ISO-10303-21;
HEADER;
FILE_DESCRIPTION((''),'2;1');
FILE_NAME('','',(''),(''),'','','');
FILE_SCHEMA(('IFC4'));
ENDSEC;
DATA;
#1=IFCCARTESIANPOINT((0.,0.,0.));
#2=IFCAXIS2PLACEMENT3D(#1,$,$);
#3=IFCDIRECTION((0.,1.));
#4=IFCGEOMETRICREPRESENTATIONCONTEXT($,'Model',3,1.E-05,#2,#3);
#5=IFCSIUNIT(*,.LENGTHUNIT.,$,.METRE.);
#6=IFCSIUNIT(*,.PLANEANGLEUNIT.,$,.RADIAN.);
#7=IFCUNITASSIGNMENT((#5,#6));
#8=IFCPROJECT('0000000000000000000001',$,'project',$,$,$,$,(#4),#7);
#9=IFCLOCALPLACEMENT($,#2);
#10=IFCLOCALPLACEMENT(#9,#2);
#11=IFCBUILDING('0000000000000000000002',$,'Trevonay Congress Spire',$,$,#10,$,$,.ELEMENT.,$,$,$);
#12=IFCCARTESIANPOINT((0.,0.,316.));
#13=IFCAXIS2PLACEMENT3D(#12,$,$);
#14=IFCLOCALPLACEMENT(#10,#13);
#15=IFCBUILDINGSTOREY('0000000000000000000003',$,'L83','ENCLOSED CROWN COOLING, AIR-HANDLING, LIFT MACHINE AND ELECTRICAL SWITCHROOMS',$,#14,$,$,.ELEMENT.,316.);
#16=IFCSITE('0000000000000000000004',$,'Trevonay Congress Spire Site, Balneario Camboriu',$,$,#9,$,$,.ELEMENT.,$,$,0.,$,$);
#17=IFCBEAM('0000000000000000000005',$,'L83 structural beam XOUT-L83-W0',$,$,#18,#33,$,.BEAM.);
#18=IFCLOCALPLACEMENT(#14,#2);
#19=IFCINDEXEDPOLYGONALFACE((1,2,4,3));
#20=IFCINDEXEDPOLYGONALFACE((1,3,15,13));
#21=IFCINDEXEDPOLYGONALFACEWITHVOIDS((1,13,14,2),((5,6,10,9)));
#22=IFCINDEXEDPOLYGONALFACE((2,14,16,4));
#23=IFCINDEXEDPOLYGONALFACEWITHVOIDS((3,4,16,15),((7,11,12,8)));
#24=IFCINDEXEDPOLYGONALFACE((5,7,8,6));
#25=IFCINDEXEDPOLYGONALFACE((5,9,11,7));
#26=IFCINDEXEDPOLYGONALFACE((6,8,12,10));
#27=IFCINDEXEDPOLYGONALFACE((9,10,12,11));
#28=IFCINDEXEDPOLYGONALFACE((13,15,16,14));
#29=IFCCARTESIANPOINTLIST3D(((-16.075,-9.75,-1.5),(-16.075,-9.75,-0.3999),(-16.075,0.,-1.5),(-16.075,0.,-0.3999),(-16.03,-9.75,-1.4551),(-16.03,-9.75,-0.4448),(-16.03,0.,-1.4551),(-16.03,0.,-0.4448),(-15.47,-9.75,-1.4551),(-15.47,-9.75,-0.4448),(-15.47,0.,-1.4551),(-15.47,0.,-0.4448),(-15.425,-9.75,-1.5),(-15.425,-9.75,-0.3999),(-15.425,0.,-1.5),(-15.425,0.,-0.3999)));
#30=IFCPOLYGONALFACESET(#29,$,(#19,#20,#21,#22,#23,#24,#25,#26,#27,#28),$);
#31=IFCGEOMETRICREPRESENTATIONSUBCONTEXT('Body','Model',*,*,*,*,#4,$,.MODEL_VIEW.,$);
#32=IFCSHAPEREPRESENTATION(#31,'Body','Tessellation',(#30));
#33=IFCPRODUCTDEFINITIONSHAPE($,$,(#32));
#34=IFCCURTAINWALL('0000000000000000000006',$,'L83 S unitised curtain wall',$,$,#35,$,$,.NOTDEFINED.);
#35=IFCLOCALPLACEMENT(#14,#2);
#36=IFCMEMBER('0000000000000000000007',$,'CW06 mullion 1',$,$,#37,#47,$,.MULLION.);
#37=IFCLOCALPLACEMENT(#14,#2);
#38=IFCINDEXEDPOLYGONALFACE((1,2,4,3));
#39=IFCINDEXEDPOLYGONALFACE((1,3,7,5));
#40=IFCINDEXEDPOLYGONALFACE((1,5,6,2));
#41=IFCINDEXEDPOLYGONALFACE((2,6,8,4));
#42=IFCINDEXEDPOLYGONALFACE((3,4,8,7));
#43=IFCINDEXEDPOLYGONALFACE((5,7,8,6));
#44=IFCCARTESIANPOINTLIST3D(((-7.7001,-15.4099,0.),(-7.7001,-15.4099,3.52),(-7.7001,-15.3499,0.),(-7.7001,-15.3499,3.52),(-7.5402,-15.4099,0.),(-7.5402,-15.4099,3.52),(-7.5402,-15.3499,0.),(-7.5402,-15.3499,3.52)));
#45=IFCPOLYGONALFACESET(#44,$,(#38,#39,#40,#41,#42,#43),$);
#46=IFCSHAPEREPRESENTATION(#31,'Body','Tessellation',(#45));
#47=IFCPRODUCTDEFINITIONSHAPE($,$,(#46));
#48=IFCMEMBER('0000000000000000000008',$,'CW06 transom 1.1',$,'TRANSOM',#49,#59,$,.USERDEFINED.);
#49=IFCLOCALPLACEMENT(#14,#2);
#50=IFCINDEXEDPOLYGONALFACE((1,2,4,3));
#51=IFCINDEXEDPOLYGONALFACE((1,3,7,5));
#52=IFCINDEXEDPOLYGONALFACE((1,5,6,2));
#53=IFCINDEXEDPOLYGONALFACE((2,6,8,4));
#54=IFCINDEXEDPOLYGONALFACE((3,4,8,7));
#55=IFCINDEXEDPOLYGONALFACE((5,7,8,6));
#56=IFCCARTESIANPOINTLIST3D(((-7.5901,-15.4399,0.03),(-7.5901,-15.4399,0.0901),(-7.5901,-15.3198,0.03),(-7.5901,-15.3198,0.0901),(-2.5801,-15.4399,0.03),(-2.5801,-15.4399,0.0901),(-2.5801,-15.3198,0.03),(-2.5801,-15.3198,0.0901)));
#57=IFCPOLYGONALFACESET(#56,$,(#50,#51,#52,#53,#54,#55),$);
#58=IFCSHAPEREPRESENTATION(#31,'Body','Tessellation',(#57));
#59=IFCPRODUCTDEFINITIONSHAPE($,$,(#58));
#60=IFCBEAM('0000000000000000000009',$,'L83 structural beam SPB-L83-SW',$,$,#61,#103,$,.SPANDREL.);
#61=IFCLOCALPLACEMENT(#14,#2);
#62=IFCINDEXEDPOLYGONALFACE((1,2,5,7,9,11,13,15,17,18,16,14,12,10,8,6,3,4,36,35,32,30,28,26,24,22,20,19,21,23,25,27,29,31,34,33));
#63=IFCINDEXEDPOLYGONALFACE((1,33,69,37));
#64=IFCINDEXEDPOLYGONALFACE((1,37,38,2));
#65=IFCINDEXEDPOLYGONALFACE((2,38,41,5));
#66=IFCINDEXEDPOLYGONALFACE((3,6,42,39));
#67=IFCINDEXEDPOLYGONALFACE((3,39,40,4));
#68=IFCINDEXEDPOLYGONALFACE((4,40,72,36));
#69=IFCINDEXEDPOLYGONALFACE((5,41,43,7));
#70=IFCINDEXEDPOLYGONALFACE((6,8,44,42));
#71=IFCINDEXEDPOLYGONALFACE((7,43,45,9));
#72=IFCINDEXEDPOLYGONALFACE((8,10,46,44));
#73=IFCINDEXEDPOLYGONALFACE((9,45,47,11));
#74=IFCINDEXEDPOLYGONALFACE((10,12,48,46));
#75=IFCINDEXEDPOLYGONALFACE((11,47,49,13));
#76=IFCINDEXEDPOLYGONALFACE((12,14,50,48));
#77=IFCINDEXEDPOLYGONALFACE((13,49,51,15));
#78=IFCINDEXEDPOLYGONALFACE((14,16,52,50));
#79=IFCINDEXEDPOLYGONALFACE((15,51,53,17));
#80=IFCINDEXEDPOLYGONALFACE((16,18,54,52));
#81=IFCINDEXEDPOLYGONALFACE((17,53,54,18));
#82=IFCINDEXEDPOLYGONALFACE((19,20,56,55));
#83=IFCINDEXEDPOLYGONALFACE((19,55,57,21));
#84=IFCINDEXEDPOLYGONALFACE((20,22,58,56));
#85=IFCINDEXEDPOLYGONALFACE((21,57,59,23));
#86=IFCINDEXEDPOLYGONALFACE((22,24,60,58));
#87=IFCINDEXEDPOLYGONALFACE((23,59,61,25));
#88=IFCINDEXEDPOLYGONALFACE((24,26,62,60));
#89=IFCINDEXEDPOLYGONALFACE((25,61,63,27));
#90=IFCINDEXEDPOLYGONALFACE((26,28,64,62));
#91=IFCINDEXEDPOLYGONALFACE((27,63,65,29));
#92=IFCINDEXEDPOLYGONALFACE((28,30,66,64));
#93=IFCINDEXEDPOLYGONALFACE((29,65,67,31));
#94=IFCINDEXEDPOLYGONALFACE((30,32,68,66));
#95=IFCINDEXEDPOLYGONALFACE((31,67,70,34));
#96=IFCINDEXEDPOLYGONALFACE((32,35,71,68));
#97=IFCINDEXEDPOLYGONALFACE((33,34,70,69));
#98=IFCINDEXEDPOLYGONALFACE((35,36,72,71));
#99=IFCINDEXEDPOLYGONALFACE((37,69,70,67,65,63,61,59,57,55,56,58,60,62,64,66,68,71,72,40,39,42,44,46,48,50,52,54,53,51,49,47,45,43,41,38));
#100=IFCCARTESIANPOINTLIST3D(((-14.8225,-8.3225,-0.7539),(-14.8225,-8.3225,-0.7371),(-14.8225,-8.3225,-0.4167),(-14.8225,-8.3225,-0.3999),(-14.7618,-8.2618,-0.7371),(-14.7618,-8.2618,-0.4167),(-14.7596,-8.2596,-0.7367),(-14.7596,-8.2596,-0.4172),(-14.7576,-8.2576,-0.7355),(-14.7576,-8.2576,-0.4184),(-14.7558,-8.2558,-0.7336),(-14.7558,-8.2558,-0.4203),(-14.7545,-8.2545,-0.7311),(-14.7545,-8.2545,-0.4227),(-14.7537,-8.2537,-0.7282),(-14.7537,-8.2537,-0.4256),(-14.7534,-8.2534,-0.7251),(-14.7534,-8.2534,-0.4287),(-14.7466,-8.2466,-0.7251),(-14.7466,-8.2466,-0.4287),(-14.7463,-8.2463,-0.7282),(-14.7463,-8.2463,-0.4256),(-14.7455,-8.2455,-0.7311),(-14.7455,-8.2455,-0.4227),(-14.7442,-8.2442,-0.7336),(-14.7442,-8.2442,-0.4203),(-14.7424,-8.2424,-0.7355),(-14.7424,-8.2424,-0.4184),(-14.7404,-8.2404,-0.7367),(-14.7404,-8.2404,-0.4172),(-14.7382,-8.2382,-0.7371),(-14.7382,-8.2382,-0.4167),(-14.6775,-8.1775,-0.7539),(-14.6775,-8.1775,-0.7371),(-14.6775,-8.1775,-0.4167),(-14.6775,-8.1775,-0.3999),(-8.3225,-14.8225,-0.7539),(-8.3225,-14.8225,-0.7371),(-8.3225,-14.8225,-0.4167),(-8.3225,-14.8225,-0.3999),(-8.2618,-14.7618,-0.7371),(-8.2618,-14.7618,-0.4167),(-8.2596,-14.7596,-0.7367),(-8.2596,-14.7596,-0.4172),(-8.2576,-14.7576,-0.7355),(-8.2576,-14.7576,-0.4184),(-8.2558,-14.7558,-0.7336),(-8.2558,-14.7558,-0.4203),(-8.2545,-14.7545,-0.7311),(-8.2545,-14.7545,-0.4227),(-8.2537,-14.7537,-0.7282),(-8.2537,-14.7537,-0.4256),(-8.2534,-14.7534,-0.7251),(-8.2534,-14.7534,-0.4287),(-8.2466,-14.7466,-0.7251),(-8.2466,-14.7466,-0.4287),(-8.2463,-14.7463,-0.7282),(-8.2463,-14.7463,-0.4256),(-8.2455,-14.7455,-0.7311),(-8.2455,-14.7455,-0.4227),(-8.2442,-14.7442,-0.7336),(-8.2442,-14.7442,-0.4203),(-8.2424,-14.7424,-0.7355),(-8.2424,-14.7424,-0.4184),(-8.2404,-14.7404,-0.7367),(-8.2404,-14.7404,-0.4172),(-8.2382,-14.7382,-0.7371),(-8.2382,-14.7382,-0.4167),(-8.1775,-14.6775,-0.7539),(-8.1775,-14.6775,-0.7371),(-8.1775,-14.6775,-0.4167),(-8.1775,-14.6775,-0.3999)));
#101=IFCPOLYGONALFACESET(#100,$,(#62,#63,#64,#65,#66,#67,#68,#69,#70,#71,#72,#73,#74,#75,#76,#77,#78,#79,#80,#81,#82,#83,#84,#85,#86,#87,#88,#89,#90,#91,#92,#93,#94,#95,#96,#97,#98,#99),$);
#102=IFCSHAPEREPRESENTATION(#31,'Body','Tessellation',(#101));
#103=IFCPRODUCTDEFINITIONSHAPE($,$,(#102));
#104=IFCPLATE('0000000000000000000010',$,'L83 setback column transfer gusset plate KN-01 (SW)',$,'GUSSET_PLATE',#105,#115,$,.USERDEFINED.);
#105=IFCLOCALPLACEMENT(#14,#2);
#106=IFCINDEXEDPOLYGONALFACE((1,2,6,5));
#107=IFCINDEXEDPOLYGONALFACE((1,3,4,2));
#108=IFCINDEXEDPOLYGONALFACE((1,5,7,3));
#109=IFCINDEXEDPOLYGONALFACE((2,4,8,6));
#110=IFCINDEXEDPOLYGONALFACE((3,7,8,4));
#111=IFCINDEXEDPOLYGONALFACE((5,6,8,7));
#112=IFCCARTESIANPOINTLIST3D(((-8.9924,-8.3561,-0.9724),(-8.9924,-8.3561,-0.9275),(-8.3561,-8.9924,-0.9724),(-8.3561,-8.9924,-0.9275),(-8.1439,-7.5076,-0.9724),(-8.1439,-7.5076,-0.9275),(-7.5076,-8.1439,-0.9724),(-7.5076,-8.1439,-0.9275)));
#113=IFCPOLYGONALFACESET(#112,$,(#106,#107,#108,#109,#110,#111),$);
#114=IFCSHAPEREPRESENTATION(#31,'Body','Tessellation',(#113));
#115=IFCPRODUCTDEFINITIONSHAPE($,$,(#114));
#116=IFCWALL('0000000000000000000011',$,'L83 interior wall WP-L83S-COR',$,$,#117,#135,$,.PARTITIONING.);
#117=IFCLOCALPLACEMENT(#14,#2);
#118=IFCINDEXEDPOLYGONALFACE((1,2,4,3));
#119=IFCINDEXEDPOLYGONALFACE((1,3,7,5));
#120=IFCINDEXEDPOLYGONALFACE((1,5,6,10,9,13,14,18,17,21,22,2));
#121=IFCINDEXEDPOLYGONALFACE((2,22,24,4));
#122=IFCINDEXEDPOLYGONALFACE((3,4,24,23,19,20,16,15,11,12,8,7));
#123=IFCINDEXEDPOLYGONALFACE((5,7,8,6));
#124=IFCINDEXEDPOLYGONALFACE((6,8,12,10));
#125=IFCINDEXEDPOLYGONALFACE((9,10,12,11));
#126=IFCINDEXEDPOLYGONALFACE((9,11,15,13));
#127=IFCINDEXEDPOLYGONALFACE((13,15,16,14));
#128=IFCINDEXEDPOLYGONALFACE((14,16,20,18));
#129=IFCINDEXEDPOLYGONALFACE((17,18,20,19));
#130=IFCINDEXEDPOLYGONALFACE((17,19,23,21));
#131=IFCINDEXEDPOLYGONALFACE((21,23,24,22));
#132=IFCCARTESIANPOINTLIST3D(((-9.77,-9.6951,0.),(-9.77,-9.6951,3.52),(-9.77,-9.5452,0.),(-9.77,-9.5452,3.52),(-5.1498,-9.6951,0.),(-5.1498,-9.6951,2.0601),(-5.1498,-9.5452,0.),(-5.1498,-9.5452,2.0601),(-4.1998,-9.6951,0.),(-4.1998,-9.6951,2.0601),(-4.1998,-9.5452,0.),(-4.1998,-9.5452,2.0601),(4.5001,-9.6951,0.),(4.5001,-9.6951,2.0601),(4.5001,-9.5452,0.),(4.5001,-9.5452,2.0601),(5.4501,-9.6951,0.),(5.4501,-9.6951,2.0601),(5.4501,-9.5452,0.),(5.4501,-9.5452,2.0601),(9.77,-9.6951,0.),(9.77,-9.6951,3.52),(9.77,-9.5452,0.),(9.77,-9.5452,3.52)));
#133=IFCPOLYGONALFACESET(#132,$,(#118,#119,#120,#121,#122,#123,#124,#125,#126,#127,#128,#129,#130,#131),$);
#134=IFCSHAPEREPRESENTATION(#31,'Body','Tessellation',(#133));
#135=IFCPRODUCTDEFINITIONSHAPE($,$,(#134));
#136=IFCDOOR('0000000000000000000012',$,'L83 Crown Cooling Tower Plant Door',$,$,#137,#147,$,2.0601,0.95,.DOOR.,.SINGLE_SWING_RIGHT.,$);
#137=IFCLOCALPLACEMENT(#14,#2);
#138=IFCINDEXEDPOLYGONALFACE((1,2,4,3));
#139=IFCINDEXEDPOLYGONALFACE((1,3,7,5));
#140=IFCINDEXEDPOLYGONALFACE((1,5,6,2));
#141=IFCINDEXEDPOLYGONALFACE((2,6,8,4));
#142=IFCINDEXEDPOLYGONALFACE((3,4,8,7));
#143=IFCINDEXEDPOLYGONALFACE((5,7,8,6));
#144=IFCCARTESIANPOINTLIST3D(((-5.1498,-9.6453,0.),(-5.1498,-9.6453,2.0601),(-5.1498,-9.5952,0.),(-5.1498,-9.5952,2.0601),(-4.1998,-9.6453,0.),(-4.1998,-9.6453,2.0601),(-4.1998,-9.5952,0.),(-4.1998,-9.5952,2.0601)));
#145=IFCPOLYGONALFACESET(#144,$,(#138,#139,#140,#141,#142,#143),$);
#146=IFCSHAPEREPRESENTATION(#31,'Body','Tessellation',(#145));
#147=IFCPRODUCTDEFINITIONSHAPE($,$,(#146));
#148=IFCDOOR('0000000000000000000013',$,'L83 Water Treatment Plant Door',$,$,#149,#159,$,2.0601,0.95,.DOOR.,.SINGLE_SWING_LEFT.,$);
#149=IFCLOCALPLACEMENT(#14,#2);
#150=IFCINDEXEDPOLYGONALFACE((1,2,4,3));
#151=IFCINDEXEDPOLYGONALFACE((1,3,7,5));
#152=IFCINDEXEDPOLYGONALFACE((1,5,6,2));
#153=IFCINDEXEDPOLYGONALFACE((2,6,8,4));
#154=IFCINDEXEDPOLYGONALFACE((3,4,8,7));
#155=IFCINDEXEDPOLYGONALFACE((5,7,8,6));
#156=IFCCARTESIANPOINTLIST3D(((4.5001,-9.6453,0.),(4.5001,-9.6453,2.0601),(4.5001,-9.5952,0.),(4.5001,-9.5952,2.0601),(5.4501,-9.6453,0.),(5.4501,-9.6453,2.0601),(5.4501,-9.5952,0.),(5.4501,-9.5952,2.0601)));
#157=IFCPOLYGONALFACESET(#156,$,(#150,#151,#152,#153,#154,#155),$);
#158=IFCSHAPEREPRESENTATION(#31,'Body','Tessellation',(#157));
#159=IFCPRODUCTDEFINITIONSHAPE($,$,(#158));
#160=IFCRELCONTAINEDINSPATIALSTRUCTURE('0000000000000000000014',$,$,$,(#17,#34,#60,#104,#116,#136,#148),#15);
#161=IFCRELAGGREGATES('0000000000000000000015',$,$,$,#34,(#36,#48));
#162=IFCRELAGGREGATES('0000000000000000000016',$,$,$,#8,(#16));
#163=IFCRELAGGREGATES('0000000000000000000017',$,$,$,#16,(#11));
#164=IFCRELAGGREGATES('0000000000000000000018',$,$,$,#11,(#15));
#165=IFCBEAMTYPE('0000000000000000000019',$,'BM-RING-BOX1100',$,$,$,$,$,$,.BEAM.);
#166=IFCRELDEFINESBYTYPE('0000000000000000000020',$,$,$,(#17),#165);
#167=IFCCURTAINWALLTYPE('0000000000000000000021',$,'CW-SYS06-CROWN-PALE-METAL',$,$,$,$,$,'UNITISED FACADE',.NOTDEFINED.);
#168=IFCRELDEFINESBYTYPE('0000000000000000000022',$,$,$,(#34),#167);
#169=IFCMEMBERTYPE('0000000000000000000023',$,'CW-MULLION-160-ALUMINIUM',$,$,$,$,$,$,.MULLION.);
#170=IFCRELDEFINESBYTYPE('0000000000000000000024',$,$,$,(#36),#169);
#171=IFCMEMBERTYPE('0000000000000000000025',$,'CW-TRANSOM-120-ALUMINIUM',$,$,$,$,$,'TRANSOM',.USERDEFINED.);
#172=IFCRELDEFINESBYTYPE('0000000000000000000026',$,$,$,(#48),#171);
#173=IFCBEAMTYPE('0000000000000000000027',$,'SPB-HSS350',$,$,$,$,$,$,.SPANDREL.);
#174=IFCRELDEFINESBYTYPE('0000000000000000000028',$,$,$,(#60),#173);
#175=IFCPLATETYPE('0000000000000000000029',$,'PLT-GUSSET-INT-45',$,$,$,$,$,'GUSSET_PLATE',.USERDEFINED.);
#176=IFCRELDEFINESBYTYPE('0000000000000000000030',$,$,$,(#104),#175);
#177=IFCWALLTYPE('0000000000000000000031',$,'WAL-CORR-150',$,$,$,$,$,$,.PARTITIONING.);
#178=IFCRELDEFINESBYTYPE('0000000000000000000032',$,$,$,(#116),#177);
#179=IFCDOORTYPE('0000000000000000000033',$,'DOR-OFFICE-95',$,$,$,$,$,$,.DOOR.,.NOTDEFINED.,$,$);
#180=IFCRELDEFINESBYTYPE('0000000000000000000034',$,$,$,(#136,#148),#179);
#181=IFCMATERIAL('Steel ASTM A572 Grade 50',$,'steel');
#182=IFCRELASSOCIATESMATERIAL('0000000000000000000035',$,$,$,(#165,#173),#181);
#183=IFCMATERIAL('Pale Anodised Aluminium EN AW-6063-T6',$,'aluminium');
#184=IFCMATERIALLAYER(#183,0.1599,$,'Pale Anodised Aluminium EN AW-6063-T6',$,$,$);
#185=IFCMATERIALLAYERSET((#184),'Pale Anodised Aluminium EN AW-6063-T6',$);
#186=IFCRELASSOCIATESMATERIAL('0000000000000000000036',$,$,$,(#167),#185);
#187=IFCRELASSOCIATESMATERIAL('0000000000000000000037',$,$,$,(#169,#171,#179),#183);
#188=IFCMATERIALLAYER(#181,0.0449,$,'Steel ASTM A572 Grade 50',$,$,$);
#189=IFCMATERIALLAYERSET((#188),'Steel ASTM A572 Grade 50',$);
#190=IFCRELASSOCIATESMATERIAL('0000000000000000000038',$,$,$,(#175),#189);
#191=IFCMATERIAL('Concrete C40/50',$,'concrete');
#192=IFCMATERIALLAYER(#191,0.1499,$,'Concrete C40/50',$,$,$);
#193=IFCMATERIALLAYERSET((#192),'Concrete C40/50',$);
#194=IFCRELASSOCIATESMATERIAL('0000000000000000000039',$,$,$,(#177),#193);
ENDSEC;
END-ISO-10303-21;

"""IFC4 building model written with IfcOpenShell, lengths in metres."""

from ifc_helpers import new_model, si_unit, direction, frame, frame_2d, origin, origin_2d, place, context, subcontext, project, spatial, rectangle, hollow_rectangle, i_section, extrude, material, layer, layer_set, material_profile, profile_set, type_object, element, fill, aggregate, save


model = new_model("IFC4")

# Units and contexts
model_context = context("Model", 3, precision=1e-05, world=origin(), true_north=direction((0.0, 1.0)))
body_context = subcontext(model_context, "Body", "Model", "MODEL_VIEW")
ifc_project = project(units=[si_unit("LENGTHUNIT", "METRE"), si_unit("PLANEANGLEUNIT", "RADIAN")], contexts=[model_context])

# Site, building, storey
site_placement = place(None, origin())
site = spatial("IfcSite", under=ifc_project, at=site_placement, Name="Trevonay Congress Spire Site, Balneario Camboriu", CompositionType="ELEMENT", RefElevation=0.0)
building_placement = place(site_placement, origin())
building = spatial("IfcBuilding", under=site, at=building_placement, Name="Trevonay Congress Spire", CompositionType="ELEMENT")
storey_placement = place(building_placement, frame((0.0, 0.0, 316.0)))
storey = spatial("IfcBuildingStorey", under=building, at=storey_placement, Name="L83", Description="ENCLOSED CROWN COOLING, AIR-HANDLING, LIFT MACHINE AND ELECTRICAL SWITCHROOMS", CompositionType="ELEMENT", Elevation=316.0)

# Shared definitions
ifc_material_1 = material(Name="Steel ASTM A572 Grade 50", Category="steel")

# Beam
ifc_material_profile_1 = material_profile(ifc_material_1, hollow_rectangle(XDim=0.6499, YDim=1.1001, WallThickness=0.0449, at=origin_2d()), Name="BOX 1100x650x45")
ifc_profile_set_1 = profile_set([ifc_material_profile_1], Name="Steel ASTM A572 Grade 50")
beam_type_1 = type_object("IfcBeamType", Name="BM-RING-BOX1100", PredefinedType="BEAM", material=ifc_profile_set_1)
for number, where, z_axis, x_axis, name in (
    (1, (-15.75, -9.75, -0.95), (0.0, 1.0, 0.0), (-1.0, 0.0, 0.0), "L83 structural beam XOUT-L83-W0"),
):
    element("IfcBeam", number, at=place(storey_placement, frame(where, z_axis=z_axis, x_axis=x_axis)), inside=storey, type_object=beam_type_1, Name=name, PredefinedType="BEAM", context=body_context, shape_type="SweptSolid", body=[
        extrude(hollow_rectangle(XDim=0.6499, YDim=1.1001, WallThickness=0.0449, at=origin_2d()), origin(), (0.0, 0.0, 1.0), 9.75),
    ])

# Curtain wall, members
ifc_material_2 = material(Name="Pale Anodised Aluminium EN AW-6063-T6", Category="aluminium")
ifc_layer_1 = layer(ifc_material_2, 0.1599, Name="Pale Anodised Aluminium EN AW-6063-T6")
ifc_layer_set_1 = layer_set([ifc_layer_1], Name="Pale Anodised Aluminium EN AW-6063-T6")
curtain_wall_type = type_object("IfcCurtainWallType", Name="CW-SYS06-CROWN-PALE-METAL", ElementType="UNITISED FACADE", PredefinedType="NOTDEFINED", material=ifc_layer_set_1)
curtain_wall_placement = place(storey_placement, origin())
curtain_wall = element("IfcCurtainWall", 2, at=curtain_wall_placement, inside=storey, type_object=curtain_wall_type, Name="L83 S unitised curtain wall", PredefinedType="NOTDEFINED")
ifc_material_profile_2 = material_profile(ifc_material_2, rectangle(XDim=0.0601, YDim=0.1599, at=origin_2d()), Name="CW-MULLION-160-ALUMINIUM")
ifc_profile_set_2 = profile_set([ifc_material_profile_2], Name="Pale Anodised Aluminium EN AW-6063-T6")
member_type_1 = type_object("IfcMemberType", Name="CW-MULLION-160-ALUMINIUM", PredefinedType="MULLION", material=ifc_profile_set_2)
member_1_placement = place(storey_placement, frame((-7.6201, -15.3799, 0.0), z_axis=(0.0, 0.0, 1.0), x_axis=(0.0, 1.0, 0.0)))
member_1 = element("IfcMember", 3, at=member_1_placement, type_object=member_type_1, Name="CW06 mullion 1", PredefinedType="MULLION", context=body_context, shape_type="SweptSolid", body=[
    extrude(rectangle(XDim=0.0601, YDim=0.1599, at=origin_2d()), origin(), (0.0, 0.0, 1.0), 3.52),
])
ifc_material_profile_3 = material_profile(ifc_material_2, rectangle(XDim=0.1201, YDim=0.0601, at=origin_2d()), Name="CW-TRANSOM-120-ALUMINIUM")
ifc_profile_set_3 = profile_set([ifc_material_profile_3], Name="Pale Anodised Aluminium EN AW-6063-T6")
member_type_2 = type_object("IfcMemberType", Name="CW-TRANSOM-120-ALUMINIUM", ElementType="TRANSOM", PredefinedType="USERDEFINED", material=ifc_profile_set_3)
member_2_placement = place(storey_placement, frame((-7.5901, -15.3799, 0.0601), z_axis=(1.0, 0.0, 0.0), x_axis=(0.0, 1.0, 0.0)))
member_2 = element("IfcMember", 4, at=member_2_placement, type_object=member_type_2, Name="CW06 transom 1.1", ObjectType="TRANSOM", PredefinedType="USERDEFINED", context=body_context, shape_type="SweptSolid", body=[
    extrude(rectangle(XDim=0.1201, YDim=0.0601, at=origin_2d()), origin(), (0.0, 0.0, 1.0), 5.01),
])
aggregate(curtain_wall, [member_1, member_2])

# Beam
ifc_material_profile_4 = material_profile(ifc_material_1, i_section(OverallWidth=0.2051, OverallDepth=0.354, WebThickness=0.0095, FlangeThickness=0.0168, FilletRadius=0.012, at=origin_2d()), Name="W360x79")
ifc_profile_set_4 = profile_set([ifc_material_profile_4], Name="Steel ASTM A572 Grade 50")
beam_type_2 = type_object("IfcBeamType", Name="SPB-HSS350", PredefinedType="SPANDREL", material=ifc_profile_set_4)
beam_placement = place(storey_placement, frame((-8.25, -14.75, -0.5769), z_axis=(-0.707107, 0.707107, 0.0), x_axis=(-0.707107, -0.707107, 0.0)))
element("IfcBeam", 5, at=beam_placement, inside=storey, type_object=beam_type_2, Name="L83 structural beam SPB-L83-SW", PredefinedType="SPANDREL", context=body_context, shape_type="SweptSolid", body=[
    extrude(i_section(OverallWidth=0.2051, OverallDepth=0.354, WebThickness=0.0095, FlangeThickness=0.0168, FilletRadius=0.012, at=origin_2d()), origin(), (0.0, 0.0, 1.0), 9.1924),
])

# Plate
ifc_layer_2 = layer(ifc_material_1, 0.0449, Name="Steel ASTM A572 Grade 50")
ifc_layer_set_2 = layer_set([ifc_layer_2], Name="Steel ASTM A572 Grade 50")
plate_type = type_object("IfcPlateType", Name="PLT-GUSSET-INT-45", ElementType="GUSSET_PLATE", PredefinedType="USERDEFINED", material=ifc_layer_set_2)
plate_placement = place(storey_placement, frame((-8.25, -8.25, -0.9724), z_axis=(0.0, 0.0, 1.0), x_axis=(0.707107, 0.707107, 0.0)))
element("IfcPlate", 6, at=plate_placement, inside=storey, type_object=plate_type, Name="L83 setback column transfer gusset plate KN-01 (SW)", ObjectType="GUSSET_PLATE", PredefinedType="USERDEFINED", context=body_context, shape_type="SweptSolid", body=[
    extrude(rectangle(XDim=1.2, YDim=0.8999, at=origin_2d()), origin(), (0.0, 0.0, 1.0), 0.0449),
])

# Wall, openings, doors
ifc_material_3 = material(Name="Concrete C40/50", Category="concrete")
ifc_layer_3 = layer(ifc_material_3, 0.1499, Name="Concrete C40/50")
ifc_layer_set_3 = layer_set([ifc_layer_3], Name="Concrete C40/50")
wall_type_1 = type_object("IfcWallType", Name="WAL-CORR-150", PredefinedType="PARTITIONING", material=ifc_layer_set_3)
wall_1_placement = place(storey_placement, frame((-9.77, -9.6201, 0.0), z_axis=(0.0, 0.0, 1.0), x_axis=(1.0, 0.0, 0.0)))
wall_1 = element("IfcWall", 7, at=wall_1_placement, inside=storey, type_object=wall_type_1, Name="L83 interior wall WP-L83S-COR", PredefinedType="PARTITIONING", context=body_context, shape_type="SweptSolid", body=[
    extrude(rectangle(XDim=19.54, YDim=0.1499, at=frame_2d((9.77, 0.0))), origin(), (0.0, 0.0, 1.0), 3.52),
])
opening_1_placement = place(wall_1_placement, frame((4.6201, 0.0, 0.0)))
opening_1 = element("IfcOpeningElement", 8, at=opening_1_placement, cuts=wall_1, PredefinedType="OPENING", context=body_context, shape_type="SweptSolid", body=[
    extrude(rectangle(XDim=0.95, YDim=2.0601, at=frame_2d((0.4751, 1.03))), frame((0.0, 0.085, 0.0), z_axis=(0.0, -1.0, 0.0), x_axis=(1.0, 0.0, 0.0)), (0.0, 0.0, 1.0), 0.1699),
])
opening_2_placement = place(wall_1_placement, frame((14.27, 0.0, 0.0)))
opening_2 = element("IfcOpeningElement", 9, at=opening_2_placement, cuts=wall_1, PredefinedType="OPENING", context=body_context, shape_type="SweptSolid", body=[
    extrude(rectangle(XDim=0.95, YDim=2.0601, at=frame_2d((0.4751, 1.03))), frame((0.0, 0.085, 0.0), z_axis=(0.0, -1.0, 0.0), x_axis=(1.0, 0.0, 0.0)), (0.0, 0.0, 1.0), 0.1699),
])
door_type = type_object("IfcDoorType", Name="DOR-OFFICE-95", OperationType="NOTDEFINED", PredefinedType="DOOR", material=ifc_material_2)
door_1_placement = place(opening_1_placement, origin())
door_1 = element("IfcDoor", 10, at=door_1_placement, inside=storey, type_object=door_type, Name="L83 Crown Cooling Tower Plant Door", OperationType="SINGLE_SWING_RIGHT", OverallHeight=2.0601, OverallWidth=0.95, PredefinedType="DOOR", context=body_context, shape_type="SweptSolid", body=[
    extrude(rectangle(XDim=0.95, YDim=2.0601, at=frame_2d((0.4751, 1.03))), frame((0.0, 0.0249, 0.0), z_axis=(0.0, -1.0, 0.0), x_axis=(1.0, 0.0, 0.0)), (0.0, 0.0, 1.0), 0.05),
])
fill(opening_1, door_1)
door_2_placement = place(opening_2_placement, origin())
door_2 = element("IfcDoor", 11, at=door_2_placement, inside=storey, type_object=door_type, Name="L83 Water Treatment Plant Door", OperationType="SINGLE_SWING_LEFT", OverallHeight=2.0601, OverallWidth=0.95, PredefinedType="DOOR", context=body_context, shape_type="SweptSolid", body=[
    extrude(rectangle(XDim=0.95, YDim=2.0601, at=frame_2d((0.4751, 1.03))), frame((0.0, 0.0249, 0.0), z_axis=(0.0, -1.0, 0.0), x_axis=(1.0, 0.0, 0.0)), (0.0, 0.0, 1.0), 0.05),
])
fill(opening_2, door_2)

save(model, "model.ifc")
